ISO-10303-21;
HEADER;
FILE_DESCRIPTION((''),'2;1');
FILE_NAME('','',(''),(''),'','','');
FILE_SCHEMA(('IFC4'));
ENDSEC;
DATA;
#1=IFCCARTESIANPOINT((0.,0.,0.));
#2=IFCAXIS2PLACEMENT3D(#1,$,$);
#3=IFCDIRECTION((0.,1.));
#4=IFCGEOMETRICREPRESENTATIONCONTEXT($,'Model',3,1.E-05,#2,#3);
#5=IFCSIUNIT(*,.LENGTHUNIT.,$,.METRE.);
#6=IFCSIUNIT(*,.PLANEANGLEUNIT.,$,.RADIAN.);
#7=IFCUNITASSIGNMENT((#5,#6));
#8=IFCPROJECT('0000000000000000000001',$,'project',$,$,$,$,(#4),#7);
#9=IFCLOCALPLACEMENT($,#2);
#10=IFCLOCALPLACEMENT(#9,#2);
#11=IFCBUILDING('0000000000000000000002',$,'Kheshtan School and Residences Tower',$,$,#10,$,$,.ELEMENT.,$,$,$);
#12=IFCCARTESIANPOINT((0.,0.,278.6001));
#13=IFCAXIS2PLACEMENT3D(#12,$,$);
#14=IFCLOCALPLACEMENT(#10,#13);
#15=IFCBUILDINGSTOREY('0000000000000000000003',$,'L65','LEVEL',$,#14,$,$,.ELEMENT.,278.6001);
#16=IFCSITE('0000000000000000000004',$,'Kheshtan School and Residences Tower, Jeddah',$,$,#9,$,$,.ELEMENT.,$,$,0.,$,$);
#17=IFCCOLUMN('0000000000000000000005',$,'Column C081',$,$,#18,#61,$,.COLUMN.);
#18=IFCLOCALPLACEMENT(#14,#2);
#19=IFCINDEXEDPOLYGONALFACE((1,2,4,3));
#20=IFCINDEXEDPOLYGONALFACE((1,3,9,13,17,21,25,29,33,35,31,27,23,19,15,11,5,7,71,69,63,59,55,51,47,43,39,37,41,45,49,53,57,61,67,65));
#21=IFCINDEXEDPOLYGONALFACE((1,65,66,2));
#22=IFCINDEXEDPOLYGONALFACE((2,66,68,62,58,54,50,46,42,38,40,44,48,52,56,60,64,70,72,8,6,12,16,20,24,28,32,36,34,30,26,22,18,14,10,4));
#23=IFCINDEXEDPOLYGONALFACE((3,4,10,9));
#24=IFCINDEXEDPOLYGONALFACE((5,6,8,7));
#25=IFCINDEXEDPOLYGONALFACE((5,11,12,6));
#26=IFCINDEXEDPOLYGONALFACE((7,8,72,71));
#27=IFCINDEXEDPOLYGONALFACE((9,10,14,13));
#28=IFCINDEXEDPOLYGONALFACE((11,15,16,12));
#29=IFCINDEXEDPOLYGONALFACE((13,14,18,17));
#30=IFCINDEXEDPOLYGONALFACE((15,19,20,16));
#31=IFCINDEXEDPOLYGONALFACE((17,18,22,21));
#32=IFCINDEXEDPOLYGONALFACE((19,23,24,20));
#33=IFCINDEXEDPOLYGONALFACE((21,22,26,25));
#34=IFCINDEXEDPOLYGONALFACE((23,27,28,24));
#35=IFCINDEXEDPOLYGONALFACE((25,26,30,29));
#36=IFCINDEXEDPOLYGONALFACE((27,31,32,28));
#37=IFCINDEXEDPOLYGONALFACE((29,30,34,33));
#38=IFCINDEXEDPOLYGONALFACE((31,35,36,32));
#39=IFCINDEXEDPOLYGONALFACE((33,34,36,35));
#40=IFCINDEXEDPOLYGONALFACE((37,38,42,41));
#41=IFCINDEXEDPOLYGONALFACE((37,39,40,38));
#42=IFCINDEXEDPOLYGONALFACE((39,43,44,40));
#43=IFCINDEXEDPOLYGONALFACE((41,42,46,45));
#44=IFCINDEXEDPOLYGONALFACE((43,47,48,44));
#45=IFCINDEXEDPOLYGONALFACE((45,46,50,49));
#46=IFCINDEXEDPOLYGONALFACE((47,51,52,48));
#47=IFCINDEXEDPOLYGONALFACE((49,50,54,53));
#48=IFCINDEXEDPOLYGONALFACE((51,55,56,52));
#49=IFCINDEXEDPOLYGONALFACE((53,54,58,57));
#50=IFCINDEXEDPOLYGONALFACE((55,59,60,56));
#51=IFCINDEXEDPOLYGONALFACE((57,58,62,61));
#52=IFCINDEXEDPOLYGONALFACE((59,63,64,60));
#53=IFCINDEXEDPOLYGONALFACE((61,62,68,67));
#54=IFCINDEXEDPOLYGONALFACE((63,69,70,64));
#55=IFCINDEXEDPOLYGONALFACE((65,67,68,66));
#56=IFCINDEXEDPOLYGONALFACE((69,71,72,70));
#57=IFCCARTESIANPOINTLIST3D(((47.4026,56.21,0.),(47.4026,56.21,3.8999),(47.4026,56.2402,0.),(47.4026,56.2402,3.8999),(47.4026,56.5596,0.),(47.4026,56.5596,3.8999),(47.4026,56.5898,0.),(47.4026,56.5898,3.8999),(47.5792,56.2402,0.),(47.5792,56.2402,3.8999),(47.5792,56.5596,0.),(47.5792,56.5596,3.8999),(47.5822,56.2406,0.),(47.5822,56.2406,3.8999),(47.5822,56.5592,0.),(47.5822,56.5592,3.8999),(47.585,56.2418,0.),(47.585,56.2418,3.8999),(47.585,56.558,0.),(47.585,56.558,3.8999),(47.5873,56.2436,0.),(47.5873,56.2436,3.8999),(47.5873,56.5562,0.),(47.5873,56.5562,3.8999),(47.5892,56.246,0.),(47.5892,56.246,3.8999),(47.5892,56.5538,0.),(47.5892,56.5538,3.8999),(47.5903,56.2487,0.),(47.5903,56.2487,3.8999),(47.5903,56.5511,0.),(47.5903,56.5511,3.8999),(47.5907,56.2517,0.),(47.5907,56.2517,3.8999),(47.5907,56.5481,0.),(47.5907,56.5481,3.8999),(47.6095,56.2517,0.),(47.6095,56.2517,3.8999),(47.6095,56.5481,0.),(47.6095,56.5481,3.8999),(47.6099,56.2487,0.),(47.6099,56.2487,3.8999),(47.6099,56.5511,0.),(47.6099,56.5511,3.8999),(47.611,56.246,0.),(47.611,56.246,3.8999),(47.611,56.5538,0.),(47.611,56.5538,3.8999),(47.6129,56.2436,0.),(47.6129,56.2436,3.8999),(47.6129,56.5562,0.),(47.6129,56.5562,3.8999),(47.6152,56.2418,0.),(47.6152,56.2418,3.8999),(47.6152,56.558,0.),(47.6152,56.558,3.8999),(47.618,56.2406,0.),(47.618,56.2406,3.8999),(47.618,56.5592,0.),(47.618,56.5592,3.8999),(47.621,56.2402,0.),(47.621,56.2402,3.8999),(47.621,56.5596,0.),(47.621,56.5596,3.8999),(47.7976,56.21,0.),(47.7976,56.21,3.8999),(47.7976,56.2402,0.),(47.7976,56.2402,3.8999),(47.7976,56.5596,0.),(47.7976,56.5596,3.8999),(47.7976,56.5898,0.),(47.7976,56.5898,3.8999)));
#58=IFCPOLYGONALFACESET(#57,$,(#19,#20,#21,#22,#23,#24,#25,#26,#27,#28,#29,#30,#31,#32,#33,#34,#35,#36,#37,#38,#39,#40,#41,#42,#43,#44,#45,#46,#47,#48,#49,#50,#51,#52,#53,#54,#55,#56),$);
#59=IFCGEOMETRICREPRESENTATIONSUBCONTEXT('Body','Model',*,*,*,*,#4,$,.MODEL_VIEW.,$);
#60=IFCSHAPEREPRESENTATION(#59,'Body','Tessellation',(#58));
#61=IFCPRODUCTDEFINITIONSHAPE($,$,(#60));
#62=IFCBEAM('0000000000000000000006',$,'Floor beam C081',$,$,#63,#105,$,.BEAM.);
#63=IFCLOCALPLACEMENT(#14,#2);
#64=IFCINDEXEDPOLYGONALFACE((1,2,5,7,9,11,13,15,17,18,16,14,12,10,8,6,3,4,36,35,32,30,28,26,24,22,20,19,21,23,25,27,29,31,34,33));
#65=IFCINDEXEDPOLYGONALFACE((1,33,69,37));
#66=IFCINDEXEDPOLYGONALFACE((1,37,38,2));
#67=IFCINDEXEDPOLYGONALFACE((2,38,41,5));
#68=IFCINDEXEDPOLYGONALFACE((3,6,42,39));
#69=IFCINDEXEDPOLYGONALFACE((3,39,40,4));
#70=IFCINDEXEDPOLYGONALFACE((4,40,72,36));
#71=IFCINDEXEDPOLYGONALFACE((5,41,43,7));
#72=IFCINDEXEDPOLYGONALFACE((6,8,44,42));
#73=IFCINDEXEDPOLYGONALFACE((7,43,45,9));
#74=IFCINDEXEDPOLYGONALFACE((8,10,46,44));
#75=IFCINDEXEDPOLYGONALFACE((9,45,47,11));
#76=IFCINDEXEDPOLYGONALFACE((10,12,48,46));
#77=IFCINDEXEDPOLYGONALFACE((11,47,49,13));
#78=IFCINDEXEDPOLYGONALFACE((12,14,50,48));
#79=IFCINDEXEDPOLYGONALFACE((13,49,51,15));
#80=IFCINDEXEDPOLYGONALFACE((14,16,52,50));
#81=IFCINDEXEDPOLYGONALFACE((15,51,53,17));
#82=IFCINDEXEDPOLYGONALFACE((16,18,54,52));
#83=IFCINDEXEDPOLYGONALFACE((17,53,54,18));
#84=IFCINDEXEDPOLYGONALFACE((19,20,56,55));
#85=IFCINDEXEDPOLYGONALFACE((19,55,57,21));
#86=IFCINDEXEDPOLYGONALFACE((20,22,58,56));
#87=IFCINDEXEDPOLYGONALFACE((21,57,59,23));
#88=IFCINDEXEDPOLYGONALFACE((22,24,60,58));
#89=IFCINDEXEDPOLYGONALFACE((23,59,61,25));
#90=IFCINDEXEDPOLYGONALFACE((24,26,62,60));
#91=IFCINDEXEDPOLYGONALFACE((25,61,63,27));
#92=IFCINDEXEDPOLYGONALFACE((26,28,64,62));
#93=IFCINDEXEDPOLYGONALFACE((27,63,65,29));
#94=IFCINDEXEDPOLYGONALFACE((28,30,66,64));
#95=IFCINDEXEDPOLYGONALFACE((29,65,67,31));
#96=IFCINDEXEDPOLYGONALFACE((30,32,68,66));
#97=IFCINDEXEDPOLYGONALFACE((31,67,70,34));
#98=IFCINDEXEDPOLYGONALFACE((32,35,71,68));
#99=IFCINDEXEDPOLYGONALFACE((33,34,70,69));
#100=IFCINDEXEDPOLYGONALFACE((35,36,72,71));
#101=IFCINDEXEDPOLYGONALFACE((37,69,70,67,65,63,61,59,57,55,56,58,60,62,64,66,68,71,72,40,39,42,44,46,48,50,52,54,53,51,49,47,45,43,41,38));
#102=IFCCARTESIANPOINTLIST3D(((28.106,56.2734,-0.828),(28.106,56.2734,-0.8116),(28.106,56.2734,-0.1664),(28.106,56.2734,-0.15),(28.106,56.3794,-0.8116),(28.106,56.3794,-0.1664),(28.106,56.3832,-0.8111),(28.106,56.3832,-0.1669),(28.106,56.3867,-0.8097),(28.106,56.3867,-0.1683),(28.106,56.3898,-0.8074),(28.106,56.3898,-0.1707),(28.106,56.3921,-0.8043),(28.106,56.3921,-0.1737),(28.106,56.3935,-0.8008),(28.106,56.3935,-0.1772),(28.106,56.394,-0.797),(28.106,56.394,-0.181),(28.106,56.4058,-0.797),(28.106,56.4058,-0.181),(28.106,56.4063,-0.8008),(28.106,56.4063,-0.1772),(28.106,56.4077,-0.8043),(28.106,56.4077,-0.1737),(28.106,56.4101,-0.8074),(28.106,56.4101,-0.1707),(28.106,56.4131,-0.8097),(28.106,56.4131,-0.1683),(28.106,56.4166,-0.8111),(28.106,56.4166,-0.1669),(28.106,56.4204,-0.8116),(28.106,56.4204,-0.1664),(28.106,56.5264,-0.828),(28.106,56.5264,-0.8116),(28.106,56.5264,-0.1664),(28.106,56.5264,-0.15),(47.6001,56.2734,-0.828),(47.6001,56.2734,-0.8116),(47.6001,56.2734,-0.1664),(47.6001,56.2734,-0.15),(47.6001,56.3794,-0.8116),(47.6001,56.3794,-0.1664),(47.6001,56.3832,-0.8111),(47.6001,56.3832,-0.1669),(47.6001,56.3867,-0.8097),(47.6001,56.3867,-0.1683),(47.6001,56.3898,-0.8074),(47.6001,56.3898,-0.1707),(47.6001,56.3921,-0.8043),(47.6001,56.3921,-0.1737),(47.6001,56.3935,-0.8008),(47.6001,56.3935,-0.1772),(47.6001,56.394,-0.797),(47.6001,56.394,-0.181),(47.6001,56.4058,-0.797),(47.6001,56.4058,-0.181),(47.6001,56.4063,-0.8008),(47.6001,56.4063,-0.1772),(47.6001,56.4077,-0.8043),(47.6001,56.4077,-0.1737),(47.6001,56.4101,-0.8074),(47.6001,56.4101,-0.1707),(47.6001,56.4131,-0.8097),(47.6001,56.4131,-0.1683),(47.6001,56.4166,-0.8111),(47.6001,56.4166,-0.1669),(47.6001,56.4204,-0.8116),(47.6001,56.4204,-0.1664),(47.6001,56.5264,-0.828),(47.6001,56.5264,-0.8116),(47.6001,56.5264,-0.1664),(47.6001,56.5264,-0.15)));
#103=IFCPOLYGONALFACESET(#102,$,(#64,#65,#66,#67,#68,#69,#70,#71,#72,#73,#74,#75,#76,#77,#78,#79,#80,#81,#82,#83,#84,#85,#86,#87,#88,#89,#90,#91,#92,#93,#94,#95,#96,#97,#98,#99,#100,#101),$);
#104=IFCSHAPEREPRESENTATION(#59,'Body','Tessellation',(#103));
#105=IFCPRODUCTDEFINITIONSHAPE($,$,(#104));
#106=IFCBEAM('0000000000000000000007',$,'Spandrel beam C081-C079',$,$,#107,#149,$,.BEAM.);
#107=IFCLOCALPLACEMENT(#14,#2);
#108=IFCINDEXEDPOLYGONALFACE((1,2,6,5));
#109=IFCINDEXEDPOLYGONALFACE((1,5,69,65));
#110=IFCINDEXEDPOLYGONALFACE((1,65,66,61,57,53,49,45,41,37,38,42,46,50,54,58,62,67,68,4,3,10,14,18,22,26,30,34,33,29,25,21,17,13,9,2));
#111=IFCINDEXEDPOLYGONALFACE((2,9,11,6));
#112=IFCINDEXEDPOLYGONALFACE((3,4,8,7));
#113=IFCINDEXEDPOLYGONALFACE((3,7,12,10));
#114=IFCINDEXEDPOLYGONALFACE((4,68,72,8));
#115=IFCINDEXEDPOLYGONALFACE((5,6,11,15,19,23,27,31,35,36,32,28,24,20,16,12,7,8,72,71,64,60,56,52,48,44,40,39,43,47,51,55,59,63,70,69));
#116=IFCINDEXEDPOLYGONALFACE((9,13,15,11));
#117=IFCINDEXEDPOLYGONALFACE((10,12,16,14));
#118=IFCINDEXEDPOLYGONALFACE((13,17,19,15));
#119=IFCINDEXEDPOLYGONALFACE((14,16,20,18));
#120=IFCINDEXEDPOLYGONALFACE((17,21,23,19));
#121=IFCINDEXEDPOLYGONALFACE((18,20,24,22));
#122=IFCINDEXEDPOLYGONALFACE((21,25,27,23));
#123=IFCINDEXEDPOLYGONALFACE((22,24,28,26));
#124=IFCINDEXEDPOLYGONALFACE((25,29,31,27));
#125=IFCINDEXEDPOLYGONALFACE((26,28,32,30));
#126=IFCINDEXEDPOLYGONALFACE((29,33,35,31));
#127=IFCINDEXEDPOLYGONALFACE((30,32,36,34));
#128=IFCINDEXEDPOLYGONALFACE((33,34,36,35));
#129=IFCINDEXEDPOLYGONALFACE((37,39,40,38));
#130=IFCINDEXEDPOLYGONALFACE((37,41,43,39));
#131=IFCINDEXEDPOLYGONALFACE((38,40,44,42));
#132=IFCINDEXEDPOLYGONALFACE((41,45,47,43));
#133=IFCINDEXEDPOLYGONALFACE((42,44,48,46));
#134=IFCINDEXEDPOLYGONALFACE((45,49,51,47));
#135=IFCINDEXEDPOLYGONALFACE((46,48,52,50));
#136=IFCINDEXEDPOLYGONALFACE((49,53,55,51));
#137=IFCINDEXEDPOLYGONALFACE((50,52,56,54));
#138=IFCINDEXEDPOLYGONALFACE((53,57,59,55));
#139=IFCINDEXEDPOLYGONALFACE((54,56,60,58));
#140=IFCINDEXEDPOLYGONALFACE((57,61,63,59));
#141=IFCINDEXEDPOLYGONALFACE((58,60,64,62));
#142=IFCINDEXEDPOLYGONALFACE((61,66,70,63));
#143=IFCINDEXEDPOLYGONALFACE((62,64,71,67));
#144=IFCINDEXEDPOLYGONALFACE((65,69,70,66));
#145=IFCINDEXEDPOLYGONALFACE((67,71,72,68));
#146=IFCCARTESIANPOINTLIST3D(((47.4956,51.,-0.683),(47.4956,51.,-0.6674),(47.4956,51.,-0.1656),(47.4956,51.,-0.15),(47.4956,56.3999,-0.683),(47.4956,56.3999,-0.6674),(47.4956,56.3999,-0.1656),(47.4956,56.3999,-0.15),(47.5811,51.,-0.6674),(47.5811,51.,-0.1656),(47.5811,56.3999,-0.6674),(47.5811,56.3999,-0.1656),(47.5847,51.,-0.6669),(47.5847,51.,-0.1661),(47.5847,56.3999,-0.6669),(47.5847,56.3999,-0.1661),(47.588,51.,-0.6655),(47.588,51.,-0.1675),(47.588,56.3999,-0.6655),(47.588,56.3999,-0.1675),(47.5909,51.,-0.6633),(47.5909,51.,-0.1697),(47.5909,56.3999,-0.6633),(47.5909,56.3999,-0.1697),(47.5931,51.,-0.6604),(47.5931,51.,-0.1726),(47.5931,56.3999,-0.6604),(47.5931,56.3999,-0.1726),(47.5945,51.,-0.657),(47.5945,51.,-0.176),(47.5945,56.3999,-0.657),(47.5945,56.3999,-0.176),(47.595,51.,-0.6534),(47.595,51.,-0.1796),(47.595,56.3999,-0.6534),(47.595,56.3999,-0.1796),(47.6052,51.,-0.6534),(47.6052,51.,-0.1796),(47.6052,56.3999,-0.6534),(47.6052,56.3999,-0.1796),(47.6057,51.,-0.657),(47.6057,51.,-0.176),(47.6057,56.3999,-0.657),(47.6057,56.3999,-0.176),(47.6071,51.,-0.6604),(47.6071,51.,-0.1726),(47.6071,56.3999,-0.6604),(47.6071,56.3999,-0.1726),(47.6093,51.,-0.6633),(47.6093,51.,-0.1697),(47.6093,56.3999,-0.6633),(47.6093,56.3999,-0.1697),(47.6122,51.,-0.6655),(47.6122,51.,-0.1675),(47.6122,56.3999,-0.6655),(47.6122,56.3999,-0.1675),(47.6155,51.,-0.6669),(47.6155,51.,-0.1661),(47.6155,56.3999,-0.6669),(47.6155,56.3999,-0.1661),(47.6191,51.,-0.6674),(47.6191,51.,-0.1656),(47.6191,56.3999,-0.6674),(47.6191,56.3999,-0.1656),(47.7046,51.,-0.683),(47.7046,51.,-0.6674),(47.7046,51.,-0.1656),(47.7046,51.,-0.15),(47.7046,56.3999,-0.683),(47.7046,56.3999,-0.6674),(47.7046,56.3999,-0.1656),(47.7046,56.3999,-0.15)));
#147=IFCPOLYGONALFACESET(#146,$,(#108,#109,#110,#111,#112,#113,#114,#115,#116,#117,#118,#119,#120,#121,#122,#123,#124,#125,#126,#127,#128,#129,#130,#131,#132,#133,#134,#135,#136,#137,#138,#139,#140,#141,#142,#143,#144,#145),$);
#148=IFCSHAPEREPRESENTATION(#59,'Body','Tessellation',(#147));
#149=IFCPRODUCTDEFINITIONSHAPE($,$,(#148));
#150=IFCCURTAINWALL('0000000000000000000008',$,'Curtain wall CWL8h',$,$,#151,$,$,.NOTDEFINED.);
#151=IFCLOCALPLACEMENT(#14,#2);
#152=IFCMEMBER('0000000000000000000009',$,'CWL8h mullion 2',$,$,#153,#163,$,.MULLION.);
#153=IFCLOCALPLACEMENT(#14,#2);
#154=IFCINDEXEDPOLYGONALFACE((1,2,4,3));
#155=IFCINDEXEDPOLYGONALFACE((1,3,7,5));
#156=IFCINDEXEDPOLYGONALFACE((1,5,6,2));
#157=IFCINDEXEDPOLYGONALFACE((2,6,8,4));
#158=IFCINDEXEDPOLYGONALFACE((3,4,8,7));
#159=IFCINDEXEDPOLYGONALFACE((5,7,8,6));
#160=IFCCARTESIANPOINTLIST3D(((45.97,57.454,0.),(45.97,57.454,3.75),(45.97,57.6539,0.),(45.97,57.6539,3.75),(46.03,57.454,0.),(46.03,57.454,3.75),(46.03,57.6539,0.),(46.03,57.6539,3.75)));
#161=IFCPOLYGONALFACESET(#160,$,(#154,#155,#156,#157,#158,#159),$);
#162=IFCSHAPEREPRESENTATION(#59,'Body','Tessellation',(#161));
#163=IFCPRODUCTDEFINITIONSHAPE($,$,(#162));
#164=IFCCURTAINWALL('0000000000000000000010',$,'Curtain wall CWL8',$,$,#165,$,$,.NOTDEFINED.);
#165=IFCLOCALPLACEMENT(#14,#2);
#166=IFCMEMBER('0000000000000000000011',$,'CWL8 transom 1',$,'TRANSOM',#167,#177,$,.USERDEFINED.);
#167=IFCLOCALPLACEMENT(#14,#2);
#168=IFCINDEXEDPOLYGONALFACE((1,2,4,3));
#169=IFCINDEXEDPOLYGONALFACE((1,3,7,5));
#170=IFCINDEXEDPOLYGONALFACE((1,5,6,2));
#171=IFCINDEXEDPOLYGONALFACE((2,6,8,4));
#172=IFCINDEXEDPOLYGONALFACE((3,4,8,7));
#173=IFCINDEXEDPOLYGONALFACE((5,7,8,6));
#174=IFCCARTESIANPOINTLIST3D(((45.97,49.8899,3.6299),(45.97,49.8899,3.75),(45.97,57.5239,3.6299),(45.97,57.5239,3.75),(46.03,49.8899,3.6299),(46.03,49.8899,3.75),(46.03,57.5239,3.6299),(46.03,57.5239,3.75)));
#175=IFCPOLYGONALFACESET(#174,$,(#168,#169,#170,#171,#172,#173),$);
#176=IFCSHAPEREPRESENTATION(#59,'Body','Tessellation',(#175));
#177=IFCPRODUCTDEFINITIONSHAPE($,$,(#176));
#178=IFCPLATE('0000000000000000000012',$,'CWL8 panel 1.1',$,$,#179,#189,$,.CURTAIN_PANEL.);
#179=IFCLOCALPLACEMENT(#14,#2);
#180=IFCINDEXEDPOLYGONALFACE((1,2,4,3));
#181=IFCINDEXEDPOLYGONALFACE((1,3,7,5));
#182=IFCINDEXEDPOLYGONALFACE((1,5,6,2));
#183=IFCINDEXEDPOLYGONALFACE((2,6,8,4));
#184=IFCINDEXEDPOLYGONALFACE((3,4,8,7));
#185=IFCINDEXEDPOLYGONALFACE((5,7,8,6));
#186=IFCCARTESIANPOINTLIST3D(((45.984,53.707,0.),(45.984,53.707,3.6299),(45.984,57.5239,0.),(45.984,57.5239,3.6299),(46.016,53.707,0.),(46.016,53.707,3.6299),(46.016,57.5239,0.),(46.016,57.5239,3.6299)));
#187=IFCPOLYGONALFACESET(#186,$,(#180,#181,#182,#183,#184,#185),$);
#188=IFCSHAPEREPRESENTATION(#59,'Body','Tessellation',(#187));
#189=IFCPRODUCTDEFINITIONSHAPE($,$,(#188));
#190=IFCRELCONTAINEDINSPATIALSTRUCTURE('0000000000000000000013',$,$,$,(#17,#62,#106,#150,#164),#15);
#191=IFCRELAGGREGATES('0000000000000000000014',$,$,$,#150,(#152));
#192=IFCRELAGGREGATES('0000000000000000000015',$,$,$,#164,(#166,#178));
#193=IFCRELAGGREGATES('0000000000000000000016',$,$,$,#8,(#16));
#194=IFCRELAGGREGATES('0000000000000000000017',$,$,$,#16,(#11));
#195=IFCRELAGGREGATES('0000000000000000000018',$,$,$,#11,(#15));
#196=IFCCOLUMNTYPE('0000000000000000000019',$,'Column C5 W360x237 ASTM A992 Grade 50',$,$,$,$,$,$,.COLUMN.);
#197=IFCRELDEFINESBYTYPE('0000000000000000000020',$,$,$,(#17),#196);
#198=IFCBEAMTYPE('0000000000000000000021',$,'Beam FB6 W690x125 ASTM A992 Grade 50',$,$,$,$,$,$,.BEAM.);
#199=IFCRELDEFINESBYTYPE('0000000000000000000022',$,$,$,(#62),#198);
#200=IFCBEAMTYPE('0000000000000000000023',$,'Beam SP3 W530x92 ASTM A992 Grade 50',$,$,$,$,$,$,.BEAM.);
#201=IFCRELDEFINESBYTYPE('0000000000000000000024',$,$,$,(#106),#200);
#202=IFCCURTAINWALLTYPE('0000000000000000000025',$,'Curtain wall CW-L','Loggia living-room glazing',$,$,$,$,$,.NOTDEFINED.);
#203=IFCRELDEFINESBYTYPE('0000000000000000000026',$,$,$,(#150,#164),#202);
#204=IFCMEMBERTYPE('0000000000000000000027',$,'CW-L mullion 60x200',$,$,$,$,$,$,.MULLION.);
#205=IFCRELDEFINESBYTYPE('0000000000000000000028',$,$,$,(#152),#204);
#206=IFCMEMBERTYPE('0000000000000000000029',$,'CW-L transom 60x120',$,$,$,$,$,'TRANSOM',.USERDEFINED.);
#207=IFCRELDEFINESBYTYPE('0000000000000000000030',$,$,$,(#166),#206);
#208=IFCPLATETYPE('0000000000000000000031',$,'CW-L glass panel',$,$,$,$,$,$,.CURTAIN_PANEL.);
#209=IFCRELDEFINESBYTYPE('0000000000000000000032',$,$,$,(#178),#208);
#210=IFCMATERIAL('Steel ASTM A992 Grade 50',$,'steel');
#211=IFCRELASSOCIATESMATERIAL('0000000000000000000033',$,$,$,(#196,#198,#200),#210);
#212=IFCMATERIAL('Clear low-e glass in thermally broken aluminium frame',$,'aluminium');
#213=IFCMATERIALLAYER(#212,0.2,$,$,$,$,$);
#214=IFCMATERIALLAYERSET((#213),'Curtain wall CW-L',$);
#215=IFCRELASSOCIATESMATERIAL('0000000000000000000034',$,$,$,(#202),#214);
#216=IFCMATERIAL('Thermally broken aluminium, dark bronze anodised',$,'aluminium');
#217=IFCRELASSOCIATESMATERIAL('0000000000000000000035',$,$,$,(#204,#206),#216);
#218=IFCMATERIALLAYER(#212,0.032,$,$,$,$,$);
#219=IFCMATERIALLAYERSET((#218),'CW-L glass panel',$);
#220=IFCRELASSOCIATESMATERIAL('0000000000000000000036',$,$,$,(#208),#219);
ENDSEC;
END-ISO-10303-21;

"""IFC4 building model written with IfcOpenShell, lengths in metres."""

from ifc_helpers import new_model, si_unit, direction, frame, origin, origin_2d, place, context, subcontext, project, spatial, rectangle, i_section, extrude, material, layer, layer_set, material_profile, profile_set, type_object, element, aggregate, save


model = new_model("IFC4")

# Units and contexts
model_context = context("Model", 3, precision=1e-05, world=origin(), true_north=direction((0.0, 1.0)))
body_context = subcontext(model_context, "Body", "Model", "MODEL_VIEW")
ifc_project = project(units=[si_unit("LENGTHUNIT", "METRE"), si_unit("PLANEANGLEUNIT", "RADIAN")], contexts=[model_context])

# Site, building, storey
site_placement = place(None, origin())
site = spatial("IfcSite", under=ifc_project, at=site_placement, Name="Kheshtan School and Residences Tower, Jeddah", CompositionType="ELEMENT", RefElevation=0.0)
building_placement = place(site_placement, origin())
building = spatial("IfcBuilding", under=site, at=building_placement, Name="Kheshtan School and Residences Tower", CompositionType="ELEMENT")
storey_placement = place(building_placement, frame((0.0, 0.0, 278.6001)))
storey = spatial("IfcBuildingStorey", under=building, at=storey_placement, Name="L65", Description="LEVEL", CompositionType="ELEMENT", Elevation=278.6001)

# Column
ifc_material_1 = material(Name="Steel ASTM A992 Grade 50", Category="steel")
ifc_material_profile_1 = material_profile(ifc_material_1, i_section(OverallWidth=0.395, OverallDepth=0.3799, WebThickness=0.0188, FlangeThickness=0.0303, FilletRadius=0.0115, at=origin_2d()), Name="W360x237")
ifc_profile_set_1 = profile_set([ifc_material_profile_1], Name="Steel ASTM A992 Grade 50")
column_type = type_object("IfcColumnType", Name="Column C5 W360x237 ASTM A992 Grade 50", PredefinedType="COLUMN", material=ifc_profile_set_1)
column_placement = place(storey_placement, frame((47.6001, 56.3999, 0.0), z_axis=(0.0, 0.0, 1.0), x_axis=(1.0, 0.0, 0.0)))
element("IfcColumn", 1, at=column_placement, inside=storey, type_object=column_type, Name="Column C081", PredefinedType="COLUMN", context=body_context, shape_type="SweptSolid", body=[
    extrude(i_section(OverallWidth=0.395, OverallDepth=0.3799, WebThickness=0.0188, FlangeThickness=0.0303, FilletRadius=0.0115, at=origin_2d()), origin(), (0.0, 0.0, 1.0), 3.8999),
])

# Beams
ifc_material_profile_2 = material_profile(ifc_material_1, i_section(OverallWidth=0.2529, OverallDepth=0.678, WebThickness=0.0117, FlangeThickness=0.0164, FilletRadius=0.0146, at=origin_2d()), Name="W690x125")
ifc_profile_set_2 = profile_set([ifc_material_profile_2], Name="Steel ASTM A992 Grade 50")
beam_type_1 = type_object("IfcBeamType", Name="Beam FB6 W690x125 ASTM A992 Grade 50", PredefinedType="BEAM", material=ifc_profile_set_2)
beam_1_placement = place(storey_placement, frame((47.6001, 56.3999, -0.489), z_axis=(-1.0, 0.0, 0.0), x_axis=(0.0, -1.0, 0.0)))
element("IfcBeam", 2, at=beam_1_placement, inside=storey, type_object=beam_type_1, Name="Floor beam C081", PredefinedType="BEAM", context=body_context, shape_type="SweptSolid", body=[
    extrude(i_section(OverallWidth=0.2529, OverallDepth=0.678, WebThickness=0.0117, FlangeThickness=0.0164, FilletRadius=0.0146, at=origin_2d()), origin(), (0.0, 0.0, 1.0), 19.4941),
])
ifc_material_profile_3 = material_profile(ifc_material_1, i_section(OverallWidth=0.209, OverallDepth=0.533, WebThickness=0.0103, FlangeThickness=0.0156, FilletRadius=0.0139, at=origin_2d()), Name="W530x92")
ifc_profile_set_3 = profile_set([ifc_material_profile_3], Name="Steel ASTM A992 Grade 50")
beam_type_2 = type_object("IfcBeamType", Name="Beam SP3 W530x92 ASTM A992 Grade 50", PredefinedType="BEAM", material=ifc_profile_set_3)
beam_2_placement = place(storey_placement, frame((47.6001, 56.3999, -0.4165), z_axis=(0.0, -1.0, 0.0), x_axis=(1.0, 0.0, 0.0)))
element("IfcBeam", 3, at=beam_2_placement, inside=storey, type_object=beam_type_2, Name="Spandrel beam C081-C079", PredefinedType="BEAM", context=body_context, shape_type="SweptSolid", body=[
    extrude(i_section(OverallWidth=0.209, OverallDepth=0.533, WebThickness=0.0103, FlangeThickness=0.0156, FilletRadius=0.0139, at=origin_2d()), origin(), (0.0, 0.0, 1.0), 5.3999),
])

# Curtain wall, member
ifc_material_2 = material(Name="Clear low-e glass in thermally broken aluminium frame", Category="aluminium")
ifc_layer_1 = layer(ifc_material_2, 0.2)
ifc_layer_set_1 = layer_set([ifc_layer_1], Name="Curtain wall CW-L")
curtain_wall_type = type_object("IfcCurtainWallType", Name="Curtain wall CW-L", Description="Loggia living-room glazing", PredefinedType="NOTDEFINED", material=ifc_layer_set_1)
curtain_wall_1_placement = place(storey_placement, origin())
curtain_wall_1 = element("IfcCurtainWall", 4, at=curtain_wall_1_placement, inside=storey, type_object=curtain_wall_type, Name="Curtain wall CWL8h", PredefinedType="NOTDEFINED")
ifc_material_3 = material(Name="Thermally broken aluminium, dark bronze anodised", Category="aluminium")
ifc_material_profile_4 = material_profile(ifc_material_3, rectangle(XDim=0.0601, YDim=0.2, at=origin_2d()), Name="CW-L mullion 60x200")
ifc_profile_set_4 = profile_set([ifc_material_profile_4], Name="Thermally broken aluminium, dark bronze anodised")
member_type_1 = type_object("IfcMemberType", Name="CW-L mullion 60x200", PredefinedType="MULLION", material=ifc_profile_set_4)
member_1_placement = place(storey_placement, frame((46.0, 57.554, 0.0), z_axis=(0.0, 0.0, 1.0), x_axis=(1.0, 0.0, 0.0)))
member_1 = element("IfcMember", 5, at=member_1_placement, type_object=member_type_1, Name="CWL8h mullion 2", PredefinedType="MULLION", context=body_context, shape_type="SweptSolid", body=[
    extrude(rectangle(XDim=0.0601, YDim=0.2, at=origin_2d()), origin(), (0.0, 0.0, 1.0), 3.75),
])
aggregate(curtain_wall_1, [member_1])

# Curtain wall, member, plate
curtain_wall_2_placement = place(storey_placement, origin())
curtain_wall_2 = element("IfcCurtainWall", 6, at=curtain_wall_2_placement, inside=storey, type_object=curtain_wall_type, Name="Curtain wall CWL8", PredefinedType="NOTDEFINED")
ifc_material_profile_5 = material_profile(ifc_material_3, rectangle(XDim=0.0601, YDim=0.1201, at=origin_2d()), Name="CW-L transom 60x120")
ifc_profile_set_5 = profile_set([ifc_material_profile_5], Name="Thermally broken aluminium, dark bronze anodised")
member_type_2 = type_object("IfcMemberType", Name="CW-L transom 60x120", ElementType="TRANSOM", PredefinedType="USERDEFINED", material=ifc_profile_set_5)
member_2_placement = place(storey_placement, frame((46.0, 57.5239, 3.6899), z_axis=(0.0, -1.0, 0.0), x_axis=(1.0, 0.0, 0.0)))
member_2 = element("IfcMember", 7, at=member_2_placement, type_object=member_type_2, Name="CWL8 transom 1", ObjectType="TRANSOM", PredefinedType="USERDEFINED", context=body_context, shape_type="SweptSolid", body=[
    extrude(rectangle(XDim=0.0601, YDim=0.1201, at=origin_2d()), origin(), (0.0, 0.0, 1.0), 7.634),
])
ifc_layer_2 = layer(ifc_material_2, 0.032)
ifc_layer_set_2 = layer_set([ifc_layer_2], Name="CW-L glass panel")
plate_type = type_object("IfcPlateType", Name="CW-L glass panel", PredefinedType="CURTAIN_PANEL", material=ifc_layer_set_2)
plate_placement = place(storey_placement, frame((46.0, 55.6155, 0.0), z_axis=(0.0, 0.0, 1.0), x_axis=(0.0, -1.0, 0.0)))
plate = element("IfcPlate", 8, at=plate_placement, type_object=plate_type, Name="CWL8 panel 1.1", PredefinedType="CURTAIN_PANEL", context=body_context, shape_type="SweptSolid", body=[
    extrude(rectangle(XDim=3.8169, YDim=0.032, at=origin_2d()), origin(), (0.0, 0.0, 1.0), 3.6299),
])
aggregate(curtain_wall_2, [member_2, plate])

save(model, "model.ifc")
